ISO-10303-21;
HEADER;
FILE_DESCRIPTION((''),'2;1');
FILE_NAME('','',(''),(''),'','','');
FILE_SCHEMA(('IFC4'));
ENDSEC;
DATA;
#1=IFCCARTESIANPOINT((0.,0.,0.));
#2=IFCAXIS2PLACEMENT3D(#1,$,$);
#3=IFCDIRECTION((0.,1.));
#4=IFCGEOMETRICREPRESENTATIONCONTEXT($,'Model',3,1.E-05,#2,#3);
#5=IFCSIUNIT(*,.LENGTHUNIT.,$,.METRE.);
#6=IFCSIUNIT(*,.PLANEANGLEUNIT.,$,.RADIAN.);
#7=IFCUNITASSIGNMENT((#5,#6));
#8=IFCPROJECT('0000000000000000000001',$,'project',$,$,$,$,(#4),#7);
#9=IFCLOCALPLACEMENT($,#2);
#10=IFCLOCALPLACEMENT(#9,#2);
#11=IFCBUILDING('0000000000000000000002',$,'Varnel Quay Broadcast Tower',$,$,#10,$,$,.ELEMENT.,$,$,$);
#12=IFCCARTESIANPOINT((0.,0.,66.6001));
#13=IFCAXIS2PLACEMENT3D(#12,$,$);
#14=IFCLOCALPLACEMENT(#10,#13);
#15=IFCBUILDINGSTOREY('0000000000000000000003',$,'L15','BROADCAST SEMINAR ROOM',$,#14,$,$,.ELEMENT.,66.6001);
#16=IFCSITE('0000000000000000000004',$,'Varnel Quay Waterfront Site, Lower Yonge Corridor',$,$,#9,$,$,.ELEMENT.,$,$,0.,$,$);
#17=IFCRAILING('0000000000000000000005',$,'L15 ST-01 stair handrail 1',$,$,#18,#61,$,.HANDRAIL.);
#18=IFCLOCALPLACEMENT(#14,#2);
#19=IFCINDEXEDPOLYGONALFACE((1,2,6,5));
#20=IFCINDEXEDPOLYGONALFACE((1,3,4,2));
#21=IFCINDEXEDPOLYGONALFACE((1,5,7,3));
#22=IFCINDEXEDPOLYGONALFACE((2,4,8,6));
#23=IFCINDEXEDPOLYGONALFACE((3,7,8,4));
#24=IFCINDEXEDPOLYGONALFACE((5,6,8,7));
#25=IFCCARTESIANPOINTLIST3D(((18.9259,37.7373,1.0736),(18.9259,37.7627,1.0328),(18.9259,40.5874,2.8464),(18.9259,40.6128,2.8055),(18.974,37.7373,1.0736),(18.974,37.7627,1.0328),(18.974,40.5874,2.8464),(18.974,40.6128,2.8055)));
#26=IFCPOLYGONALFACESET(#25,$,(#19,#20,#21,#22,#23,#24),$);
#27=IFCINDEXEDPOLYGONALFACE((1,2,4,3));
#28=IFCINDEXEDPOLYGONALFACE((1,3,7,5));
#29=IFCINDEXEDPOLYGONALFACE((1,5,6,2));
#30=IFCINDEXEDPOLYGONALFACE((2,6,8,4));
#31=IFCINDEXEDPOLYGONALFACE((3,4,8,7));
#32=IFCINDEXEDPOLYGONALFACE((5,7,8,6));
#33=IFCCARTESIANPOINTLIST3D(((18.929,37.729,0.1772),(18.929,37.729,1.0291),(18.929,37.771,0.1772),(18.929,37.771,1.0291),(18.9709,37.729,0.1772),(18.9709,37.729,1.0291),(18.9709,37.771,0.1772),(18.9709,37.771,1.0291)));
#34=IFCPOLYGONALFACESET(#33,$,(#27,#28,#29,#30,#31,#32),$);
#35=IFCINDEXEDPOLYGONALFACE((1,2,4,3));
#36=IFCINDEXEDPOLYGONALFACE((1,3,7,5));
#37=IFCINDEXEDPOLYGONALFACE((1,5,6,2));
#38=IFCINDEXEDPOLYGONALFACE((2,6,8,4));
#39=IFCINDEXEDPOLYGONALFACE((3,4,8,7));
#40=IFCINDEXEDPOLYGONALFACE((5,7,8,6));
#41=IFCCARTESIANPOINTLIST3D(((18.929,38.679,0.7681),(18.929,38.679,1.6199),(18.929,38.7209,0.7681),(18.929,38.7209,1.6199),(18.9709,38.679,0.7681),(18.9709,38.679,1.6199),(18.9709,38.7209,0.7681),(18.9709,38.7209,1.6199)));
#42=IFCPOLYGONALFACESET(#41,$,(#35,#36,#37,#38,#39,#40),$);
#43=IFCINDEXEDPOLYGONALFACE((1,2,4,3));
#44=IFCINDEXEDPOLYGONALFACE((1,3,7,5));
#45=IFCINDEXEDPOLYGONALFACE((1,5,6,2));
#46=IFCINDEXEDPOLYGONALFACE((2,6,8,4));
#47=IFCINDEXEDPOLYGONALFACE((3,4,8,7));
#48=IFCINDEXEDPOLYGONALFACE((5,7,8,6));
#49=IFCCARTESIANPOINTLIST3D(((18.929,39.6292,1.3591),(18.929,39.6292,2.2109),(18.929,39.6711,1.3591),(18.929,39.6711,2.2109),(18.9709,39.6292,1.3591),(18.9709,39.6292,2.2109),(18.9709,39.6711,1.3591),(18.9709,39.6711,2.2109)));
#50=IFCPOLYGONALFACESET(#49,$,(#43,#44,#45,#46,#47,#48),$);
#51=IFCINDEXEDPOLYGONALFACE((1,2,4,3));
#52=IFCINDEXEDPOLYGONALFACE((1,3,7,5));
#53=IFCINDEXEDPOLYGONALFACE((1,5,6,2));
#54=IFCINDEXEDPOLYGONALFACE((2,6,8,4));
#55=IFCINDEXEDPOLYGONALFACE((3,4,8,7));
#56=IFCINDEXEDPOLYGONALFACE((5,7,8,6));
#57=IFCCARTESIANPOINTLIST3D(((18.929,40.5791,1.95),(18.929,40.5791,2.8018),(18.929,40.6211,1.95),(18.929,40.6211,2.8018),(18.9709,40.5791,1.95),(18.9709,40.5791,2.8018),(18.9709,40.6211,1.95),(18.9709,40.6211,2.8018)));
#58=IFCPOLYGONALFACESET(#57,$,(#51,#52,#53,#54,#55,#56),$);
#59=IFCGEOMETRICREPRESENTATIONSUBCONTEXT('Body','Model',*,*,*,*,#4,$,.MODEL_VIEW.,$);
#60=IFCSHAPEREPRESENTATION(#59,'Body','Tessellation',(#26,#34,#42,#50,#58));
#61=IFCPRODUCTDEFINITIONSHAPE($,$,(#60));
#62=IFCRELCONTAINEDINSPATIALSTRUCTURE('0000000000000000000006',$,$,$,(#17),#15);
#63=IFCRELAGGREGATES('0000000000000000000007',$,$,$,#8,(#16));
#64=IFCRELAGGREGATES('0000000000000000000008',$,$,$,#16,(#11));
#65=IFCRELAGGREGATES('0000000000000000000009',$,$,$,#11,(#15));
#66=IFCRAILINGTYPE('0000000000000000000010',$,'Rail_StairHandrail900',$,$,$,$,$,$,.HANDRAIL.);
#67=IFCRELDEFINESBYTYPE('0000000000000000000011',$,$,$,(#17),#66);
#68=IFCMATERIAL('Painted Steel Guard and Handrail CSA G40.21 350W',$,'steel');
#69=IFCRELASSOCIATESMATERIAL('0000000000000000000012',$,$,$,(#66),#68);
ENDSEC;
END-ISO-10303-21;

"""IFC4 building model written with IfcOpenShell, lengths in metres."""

from ifc_helpers import new_model, si_unit, direction, frame, origin, origin_2d, place, context, subcontext, project, spatial, rectangle, extrude, material, type_object, element, save


model = new_model("IFC4")

# Units and contexts
model_context = context("Model", 3, precision=1e-05, world=origin(), true_north=direction((0.0, 1.0)))
body_context = subcontext(model_context, "Body", "Model", "MODEL_VIEW")
ifc_project = project(units=[si_unit("LENGTHUNIT", "METRE"), si_unit("PLANEANGLEUNIT", "RADIAN")], contexts=[model_context])

# Site, building, storey
site_placement = place(None, origin())
site = spatial("IfcSite", under=ifc_project, at=site_placement, Name="Varnel Quay Waterfront Site, Lower Yonge Corridor", CompositionType="ELEMENT", RefElevation=0.0)
building_placement = place(site_placement, origin())
building = spatial("IfcBuilding", under=site, at=building_placement, Name="Varnel Quay Broadcast Tower", CompositionType="ELEMENT")
storey_placement = place(building_placement, frame((0.0, 0.0, 66.6001)))
storey = spatial("IfcBuildingStorey", under=building, at=storey_placement, Name="L15", Description="BROADCAST SEMINAR ROOM", CompositionType="ELEMENT", Elevation=66.6001)

# Railing
ifc_material_1 = material(Name="Painted Steel Guard and Handrail CSA G40.21 350W", Category="steel")
railing_type_1 = type_object("IfcRailingType", Name="Rail_StairHandrail900", PredefinedType="HANDRAIL", material=ifc_material_1)
railing_1_placement = place(storey_placement, frame((18.95, 37.75, 0.1772)))
element("IfcRailing", 1, at=railing_1_placement, inside=storey, type_object=railing_type_1, Name="L15 ST-01 stair handrail 1", PredefinedType="HANDRAIL", context=body_context, shape_type="SweptSolid", body=[
    extrude(rectangle(XDim=0.0481, YDim=0.0481, at=origin_2d()), frame((0.0, 0.0, 0.876), z_axis=(0.0, 0.849149, 0.528154), x_axis=(-1.0, 0.0, 0.0)), (0.0, 0.0, 1.0), 3.3564),
    extrude(rectangle(XDim=0.042, YDim=0.042, at=origin_2d()), origin(), (0.0, 0.0, 1.0), 0.8518),
    extrude(rectangle(XDim=0.042, YDim=0.042, at=origin_2d()), frame((0.0, 0.95, 0.5908)), (0.0, 0.0, 1.0), 0.8518),
    extrude(rectangle(XDim=0.042, YDim=0.042, at=origin_2d()), frame((0.0, 1.9001, 1.1819)), (0.0, 0.0, 1.0), 0.8518),
    extrude(rectangle(XDim=0.042, YDim=0.042, at=origin_2d()), frame((0.0, 2.8501, 1.7727)), (0.0, 0.0, 1.0), 0.8518),
])

save(model, "model.ifc")
